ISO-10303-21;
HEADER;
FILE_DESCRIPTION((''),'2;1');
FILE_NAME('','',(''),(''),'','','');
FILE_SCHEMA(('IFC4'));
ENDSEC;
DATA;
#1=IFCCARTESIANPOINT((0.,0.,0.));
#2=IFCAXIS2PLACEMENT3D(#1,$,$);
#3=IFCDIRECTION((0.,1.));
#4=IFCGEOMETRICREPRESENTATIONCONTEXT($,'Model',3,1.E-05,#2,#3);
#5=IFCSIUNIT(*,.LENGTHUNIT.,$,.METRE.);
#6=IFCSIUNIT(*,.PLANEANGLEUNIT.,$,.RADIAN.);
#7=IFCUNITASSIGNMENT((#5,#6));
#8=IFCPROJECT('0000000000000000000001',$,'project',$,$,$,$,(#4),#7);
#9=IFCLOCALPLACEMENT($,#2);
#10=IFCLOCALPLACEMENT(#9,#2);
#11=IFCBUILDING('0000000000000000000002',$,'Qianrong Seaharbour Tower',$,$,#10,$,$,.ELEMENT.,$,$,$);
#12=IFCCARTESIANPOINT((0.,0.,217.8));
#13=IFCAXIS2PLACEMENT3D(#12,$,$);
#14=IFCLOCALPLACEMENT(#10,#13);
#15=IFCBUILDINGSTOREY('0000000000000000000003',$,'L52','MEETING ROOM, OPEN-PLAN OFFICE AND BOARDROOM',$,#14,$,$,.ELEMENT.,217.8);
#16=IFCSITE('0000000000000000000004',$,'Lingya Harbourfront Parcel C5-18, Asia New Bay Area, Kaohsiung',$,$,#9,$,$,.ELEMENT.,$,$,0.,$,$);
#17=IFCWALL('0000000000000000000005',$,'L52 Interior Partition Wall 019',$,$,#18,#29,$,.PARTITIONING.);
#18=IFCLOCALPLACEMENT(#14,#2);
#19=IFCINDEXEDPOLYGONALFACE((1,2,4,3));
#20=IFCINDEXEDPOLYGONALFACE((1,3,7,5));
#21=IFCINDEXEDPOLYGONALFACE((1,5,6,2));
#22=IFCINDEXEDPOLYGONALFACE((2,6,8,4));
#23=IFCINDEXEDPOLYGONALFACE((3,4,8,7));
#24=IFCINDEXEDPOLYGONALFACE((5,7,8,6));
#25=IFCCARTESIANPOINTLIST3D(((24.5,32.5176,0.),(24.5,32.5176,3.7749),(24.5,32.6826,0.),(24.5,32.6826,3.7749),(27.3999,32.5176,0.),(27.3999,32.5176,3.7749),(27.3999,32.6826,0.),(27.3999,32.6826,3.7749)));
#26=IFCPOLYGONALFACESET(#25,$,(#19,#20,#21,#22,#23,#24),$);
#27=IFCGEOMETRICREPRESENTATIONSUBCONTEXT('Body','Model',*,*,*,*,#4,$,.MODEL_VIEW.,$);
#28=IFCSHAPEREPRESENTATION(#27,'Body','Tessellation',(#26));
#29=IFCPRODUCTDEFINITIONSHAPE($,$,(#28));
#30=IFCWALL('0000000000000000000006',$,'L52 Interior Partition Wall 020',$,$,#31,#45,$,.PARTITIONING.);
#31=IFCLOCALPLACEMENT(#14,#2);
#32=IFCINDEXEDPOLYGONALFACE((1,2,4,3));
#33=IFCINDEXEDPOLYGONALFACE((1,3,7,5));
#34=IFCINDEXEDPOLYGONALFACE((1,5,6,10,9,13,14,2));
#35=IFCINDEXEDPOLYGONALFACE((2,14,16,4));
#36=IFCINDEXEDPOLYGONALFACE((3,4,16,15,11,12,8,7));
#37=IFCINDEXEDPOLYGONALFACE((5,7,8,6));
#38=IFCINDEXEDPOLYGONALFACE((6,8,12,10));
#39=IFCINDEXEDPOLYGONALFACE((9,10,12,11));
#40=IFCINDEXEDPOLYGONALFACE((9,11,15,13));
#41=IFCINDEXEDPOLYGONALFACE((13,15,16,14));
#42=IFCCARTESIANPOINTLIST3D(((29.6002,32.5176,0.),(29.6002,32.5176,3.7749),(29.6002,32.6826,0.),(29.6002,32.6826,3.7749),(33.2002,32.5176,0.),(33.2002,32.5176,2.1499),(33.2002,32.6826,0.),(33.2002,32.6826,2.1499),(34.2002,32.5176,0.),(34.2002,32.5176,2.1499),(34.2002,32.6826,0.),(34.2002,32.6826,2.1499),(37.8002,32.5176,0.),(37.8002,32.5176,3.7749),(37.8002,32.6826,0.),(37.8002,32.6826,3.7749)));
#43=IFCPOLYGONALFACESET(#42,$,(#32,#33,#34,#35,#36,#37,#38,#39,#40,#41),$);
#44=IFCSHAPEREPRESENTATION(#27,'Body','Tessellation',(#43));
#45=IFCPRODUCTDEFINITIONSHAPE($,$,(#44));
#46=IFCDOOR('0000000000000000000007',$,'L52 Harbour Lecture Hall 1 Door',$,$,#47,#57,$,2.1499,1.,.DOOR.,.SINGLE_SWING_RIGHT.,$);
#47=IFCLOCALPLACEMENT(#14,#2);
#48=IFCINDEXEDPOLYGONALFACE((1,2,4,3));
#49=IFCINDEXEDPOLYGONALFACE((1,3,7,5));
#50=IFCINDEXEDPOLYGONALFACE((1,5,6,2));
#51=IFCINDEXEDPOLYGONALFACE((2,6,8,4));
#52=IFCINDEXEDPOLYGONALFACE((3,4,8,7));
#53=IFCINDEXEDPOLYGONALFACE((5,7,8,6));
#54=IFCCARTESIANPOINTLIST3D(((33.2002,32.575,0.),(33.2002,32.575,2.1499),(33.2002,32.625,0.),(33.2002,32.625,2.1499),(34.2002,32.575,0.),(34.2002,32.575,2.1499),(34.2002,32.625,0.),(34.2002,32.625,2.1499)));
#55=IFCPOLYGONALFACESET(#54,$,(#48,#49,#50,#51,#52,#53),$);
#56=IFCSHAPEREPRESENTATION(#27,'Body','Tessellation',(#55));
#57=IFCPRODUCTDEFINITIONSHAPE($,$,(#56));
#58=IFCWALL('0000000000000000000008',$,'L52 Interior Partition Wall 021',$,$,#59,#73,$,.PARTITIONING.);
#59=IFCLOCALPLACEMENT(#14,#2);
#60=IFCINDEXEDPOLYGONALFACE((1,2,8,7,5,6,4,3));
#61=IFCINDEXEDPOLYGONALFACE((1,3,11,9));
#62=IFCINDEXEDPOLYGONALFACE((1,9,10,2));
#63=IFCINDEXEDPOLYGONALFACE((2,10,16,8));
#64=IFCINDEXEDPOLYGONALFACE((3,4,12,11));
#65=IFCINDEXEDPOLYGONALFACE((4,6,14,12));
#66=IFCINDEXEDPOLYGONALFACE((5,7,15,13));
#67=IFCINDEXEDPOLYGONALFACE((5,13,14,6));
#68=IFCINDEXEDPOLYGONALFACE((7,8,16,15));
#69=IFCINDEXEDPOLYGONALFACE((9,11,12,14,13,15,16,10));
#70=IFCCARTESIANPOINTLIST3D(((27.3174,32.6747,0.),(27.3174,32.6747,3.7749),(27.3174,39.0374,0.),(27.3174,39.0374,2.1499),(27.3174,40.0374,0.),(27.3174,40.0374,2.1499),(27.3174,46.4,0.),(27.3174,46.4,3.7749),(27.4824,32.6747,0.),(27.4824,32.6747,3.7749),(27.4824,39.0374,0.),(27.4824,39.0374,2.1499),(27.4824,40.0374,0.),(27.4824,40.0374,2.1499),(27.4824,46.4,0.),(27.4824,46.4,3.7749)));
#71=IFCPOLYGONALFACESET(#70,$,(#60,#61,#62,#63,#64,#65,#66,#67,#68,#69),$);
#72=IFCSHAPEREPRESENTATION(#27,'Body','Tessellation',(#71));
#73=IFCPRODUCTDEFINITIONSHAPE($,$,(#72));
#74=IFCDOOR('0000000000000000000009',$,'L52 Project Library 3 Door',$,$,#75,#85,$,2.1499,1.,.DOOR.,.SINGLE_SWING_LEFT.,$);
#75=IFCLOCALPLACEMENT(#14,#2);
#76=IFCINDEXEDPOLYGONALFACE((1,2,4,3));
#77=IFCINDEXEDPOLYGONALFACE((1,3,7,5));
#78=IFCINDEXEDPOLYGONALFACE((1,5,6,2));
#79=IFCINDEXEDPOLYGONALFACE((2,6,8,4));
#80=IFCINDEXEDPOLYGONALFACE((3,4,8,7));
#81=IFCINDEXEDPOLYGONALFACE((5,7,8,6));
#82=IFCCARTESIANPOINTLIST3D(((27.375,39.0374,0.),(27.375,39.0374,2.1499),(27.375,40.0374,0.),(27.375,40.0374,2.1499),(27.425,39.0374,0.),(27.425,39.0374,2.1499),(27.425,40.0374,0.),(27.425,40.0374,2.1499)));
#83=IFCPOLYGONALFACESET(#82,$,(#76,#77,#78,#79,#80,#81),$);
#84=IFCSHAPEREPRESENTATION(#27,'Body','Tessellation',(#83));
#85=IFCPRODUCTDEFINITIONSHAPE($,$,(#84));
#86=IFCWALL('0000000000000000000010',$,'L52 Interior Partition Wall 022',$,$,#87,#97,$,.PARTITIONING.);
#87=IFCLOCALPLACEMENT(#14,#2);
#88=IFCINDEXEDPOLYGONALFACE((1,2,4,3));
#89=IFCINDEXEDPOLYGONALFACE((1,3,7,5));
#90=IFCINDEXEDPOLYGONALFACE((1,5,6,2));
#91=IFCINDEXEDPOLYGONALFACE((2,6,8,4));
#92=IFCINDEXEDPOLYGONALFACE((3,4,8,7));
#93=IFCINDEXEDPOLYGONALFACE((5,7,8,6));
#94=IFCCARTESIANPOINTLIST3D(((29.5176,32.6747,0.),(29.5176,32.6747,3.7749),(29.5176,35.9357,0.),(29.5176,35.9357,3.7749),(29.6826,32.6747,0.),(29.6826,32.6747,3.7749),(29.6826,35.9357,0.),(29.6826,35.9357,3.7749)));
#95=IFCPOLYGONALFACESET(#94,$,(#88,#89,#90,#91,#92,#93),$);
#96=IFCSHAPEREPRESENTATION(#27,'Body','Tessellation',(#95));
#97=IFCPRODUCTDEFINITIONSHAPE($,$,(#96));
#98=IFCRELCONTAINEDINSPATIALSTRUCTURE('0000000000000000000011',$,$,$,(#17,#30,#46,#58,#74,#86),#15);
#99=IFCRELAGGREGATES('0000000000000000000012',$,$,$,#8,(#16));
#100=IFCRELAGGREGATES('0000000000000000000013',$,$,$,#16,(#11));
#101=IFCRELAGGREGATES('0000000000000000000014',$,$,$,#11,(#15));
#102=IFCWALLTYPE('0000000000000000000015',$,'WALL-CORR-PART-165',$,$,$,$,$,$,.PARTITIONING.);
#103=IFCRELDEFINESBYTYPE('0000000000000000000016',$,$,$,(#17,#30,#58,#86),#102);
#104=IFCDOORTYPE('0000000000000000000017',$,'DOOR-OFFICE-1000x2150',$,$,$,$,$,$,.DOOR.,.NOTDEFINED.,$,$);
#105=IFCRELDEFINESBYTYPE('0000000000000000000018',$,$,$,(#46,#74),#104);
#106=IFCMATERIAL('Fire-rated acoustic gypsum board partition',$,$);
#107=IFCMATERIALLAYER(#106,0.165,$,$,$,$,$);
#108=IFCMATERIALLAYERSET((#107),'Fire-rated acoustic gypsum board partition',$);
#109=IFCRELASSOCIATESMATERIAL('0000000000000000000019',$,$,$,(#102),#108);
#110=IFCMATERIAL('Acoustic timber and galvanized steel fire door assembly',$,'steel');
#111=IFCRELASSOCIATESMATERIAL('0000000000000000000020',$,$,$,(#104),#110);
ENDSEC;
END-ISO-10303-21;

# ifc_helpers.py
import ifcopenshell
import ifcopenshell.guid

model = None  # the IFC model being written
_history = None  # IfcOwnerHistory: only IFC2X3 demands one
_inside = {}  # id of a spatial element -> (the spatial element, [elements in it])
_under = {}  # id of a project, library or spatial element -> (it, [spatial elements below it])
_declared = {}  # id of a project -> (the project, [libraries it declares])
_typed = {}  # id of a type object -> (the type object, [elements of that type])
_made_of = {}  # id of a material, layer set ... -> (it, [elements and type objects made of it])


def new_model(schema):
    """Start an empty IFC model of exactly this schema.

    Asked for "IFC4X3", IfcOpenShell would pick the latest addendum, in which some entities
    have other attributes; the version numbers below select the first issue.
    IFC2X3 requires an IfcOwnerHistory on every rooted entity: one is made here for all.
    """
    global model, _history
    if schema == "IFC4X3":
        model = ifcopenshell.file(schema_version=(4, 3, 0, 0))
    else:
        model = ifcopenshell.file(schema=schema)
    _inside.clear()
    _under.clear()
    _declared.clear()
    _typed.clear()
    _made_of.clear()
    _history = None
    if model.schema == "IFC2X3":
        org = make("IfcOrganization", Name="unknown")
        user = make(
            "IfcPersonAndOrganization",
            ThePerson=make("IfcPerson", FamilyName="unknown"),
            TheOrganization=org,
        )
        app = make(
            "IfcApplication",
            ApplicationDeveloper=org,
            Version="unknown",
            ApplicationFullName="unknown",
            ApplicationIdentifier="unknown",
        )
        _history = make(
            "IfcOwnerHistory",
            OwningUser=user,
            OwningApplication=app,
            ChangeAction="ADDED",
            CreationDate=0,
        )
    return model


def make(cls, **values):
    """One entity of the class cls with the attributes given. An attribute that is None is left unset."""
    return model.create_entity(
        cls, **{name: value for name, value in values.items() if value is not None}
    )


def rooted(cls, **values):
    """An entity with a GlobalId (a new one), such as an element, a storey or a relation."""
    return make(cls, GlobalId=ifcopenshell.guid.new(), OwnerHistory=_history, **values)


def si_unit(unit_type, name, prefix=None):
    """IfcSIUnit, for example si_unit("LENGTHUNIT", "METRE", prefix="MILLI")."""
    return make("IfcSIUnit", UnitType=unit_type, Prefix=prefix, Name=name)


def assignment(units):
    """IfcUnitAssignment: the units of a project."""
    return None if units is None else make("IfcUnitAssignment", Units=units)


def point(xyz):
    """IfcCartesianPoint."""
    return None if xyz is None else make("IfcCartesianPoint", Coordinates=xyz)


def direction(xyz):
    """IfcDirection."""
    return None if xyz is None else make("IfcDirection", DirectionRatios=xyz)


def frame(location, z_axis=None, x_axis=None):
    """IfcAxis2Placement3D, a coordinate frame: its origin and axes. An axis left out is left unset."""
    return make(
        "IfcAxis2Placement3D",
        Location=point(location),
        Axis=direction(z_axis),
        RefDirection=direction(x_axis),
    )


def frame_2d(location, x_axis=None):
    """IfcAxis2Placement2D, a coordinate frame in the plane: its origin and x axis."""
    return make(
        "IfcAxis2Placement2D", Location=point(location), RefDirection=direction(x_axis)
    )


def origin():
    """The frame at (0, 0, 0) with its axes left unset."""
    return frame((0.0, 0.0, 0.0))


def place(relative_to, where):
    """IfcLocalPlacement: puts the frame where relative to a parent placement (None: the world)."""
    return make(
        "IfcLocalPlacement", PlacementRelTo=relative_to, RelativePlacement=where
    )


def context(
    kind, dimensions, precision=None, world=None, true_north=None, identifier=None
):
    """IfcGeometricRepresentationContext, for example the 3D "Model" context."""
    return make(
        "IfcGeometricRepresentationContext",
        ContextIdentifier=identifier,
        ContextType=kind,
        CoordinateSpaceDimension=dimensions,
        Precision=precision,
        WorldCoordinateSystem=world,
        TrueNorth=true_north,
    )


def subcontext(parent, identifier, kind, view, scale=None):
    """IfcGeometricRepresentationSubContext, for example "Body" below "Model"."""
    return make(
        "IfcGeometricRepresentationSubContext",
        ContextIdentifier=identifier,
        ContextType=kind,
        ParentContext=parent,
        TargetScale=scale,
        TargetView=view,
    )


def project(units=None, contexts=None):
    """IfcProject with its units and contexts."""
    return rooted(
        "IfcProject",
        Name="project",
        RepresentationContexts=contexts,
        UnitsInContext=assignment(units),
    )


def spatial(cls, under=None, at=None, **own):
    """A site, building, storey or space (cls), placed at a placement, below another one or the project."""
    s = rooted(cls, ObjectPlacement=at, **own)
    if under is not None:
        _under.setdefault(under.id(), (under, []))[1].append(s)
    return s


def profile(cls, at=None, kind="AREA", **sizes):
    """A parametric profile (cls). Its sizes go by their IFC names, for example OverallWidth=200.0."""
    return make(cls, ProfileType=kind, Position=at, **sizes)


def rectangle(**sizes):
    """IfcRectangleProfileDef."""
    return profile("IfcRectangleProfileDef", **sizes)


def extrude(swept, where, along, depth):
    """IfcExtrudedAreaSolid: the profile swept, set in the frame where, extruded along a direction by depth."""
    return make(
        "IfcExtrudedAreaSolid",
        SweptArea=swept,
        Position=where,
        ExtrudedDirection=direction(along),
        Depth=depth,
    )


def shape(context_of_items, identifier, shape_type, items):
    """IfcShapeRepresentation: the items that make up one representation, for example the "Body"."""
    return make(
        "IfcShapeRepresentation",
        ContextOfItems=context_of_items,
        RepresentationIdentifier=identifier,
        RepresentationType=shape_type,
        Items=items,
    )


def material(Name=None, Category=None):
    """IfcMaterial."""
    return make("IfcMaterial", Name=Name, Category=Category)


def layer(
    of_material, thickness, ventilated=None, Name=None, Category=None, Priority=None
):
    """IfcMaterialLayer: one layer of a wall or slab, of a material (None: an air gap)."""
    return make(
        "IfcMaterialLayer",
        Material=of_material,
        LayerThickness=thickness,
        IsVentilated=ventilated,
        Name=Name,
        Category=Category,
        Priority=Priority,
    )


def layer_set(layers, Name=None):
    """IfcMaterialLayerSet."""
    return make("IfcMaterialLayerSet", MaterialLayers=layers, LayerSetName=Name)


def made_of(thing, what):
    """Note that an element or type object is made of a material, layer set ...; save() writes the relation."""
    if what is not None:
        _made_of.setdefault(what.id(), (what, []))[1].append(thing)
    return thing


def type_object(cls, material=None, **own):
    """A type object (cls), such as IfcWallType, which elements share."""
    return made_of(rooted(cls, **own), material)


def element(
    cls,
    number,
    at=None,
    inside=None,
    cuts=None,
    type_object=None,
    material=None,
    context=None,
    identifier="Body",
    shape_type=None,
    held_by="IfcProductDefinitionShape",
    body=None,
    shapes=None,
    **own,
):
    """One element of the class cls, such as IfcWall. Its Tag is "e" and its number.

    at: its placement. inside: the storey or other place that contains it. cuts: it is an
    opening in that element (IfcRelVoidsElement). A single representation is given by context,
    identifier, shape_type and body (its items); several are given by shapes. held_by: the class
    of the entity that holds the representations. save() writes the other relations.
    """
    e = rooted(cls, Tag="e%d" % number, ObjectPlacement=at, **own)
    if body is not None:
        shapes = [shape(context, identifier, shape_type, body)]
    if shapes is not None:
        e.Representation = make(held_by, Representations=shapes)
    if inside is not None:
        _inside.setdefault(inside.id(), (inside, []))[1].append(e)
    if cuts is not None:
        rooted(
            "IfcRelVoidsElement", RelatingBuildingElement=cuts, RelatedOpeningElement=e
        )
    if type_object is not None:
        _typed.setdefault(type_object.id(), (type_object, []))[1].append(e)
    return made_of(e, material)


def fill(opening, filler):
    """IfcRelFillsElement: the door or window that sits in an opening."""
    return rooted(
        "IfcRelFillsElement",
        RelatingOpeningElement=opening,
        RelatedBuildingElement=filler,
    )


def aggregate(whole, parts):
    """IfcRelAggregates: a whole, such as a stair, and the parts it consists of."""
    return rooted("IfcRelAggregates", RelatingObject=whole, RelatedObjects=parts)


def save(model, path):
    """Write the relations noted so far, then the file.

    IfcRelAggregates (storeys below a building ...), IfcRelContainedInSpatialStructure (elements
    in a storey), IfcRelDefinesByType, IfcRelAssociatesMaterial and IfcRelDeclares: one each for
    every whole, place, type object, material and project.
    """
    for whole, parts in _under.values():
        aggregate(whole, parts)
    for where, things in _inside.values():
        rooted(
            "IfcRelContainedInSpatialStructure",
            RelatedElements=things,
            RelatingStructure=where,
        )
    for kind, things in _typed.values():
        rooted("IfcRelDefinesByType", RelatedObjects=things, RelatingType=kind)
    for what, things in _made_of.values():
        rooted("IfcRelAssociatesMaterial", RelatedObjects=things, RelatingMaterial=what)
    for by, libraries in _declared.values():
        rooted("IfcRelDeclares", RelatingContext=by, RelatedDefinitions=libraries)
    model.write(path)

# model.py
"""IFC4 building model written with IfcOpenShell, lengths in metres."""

from ifc_helpers import new_model, si_unit, direction, frame, frame_2d, origin, place, context, subcontext, project, spatial, rectangle, extrude, material, layer, layer_set, type_object, element, fill, save


model = new_model("IFC4")

# Units and contexts
model_context = context("Model", 3, precision=1e-05, world=origin(), true_north=direction((0.0, 1.0)))
body_context = subcontext(model_context, "Body", "Model", "MODEL_VIEW")
ifc_project = project(units=[si_unit("LENGTHUNIT", "METRE"), si_unit("PLANEANGLEUNIT", "RADIAN")], contexts=[model_context])

# Site, building, storey
site_placement = place(None, origin())
site = spatial("IfcSite", under=ifc_project, at=site_placement, Name="Lingya Harbourfront Parcel C5-18, Asia New Bay Area, Kaohsiung", CompositionType="ELEMENT", RefElevation=0.0)
building_placement = place(site_placement, origin())
building = spatial("IfcBuilding", under=site, at=building_placement, Name="Qianrong Seaharbour Tower", CompositionType="ELEMENT")
storey_placement = place(building_placement, frame((0.0, 0.0, 217.8)))
storey = spatial("IfcBuildingStorey", under=building, at=storey_placement, Name="L52", Description="MEETING ROOM, OPEN-PLAN OFFICE AND BOARDROOM", CompositionType="ELEMENT", Elevation=217.8)

# Wall
ifc_material_1 = material(Name="Fire-rated acoustic gypsum board partition")
ifc_layer = layer(ifc_material_1, 0.165)
ifc_layer_set = layer_set([ifc_layer], Name="Fire-rated acoustic gypsum board partition")
wall_type = type_object("IfcWallType", Name="WALL-CORR-PART-165", PredefinedType="PARTITIONING", material=ifc_layer_set)
wall_1_placement = place(storey_placement, frame((24.5, 32.6001, 0.0), z_axis=(0.0, 0.0, 1.0), x_axis=(1.0, 0.0, 0.0)))
element("IfcWall", 1, at=wall_1_placement, inside=storey, type_object=wall_type, Name="L52 Interior Partition Wall 019", PredefinedType="PARTITIONING", context=body_context, shape_type="SweptSolid", body=[
    extrude(rectangle(XDim=2.8999, YDim=0.165, at=frame_2d((1.45, 0.0))), origin(), (0.0, 0.0, 1.0), 3.7749),
])

# Walls, openings, doors
wall_2_placement = place(storey_placement, frame((29.6001, 32.6001, 0.0), z_axis=(0.0, 0.0, 1.0), x_axis=(1.0, 0.0, 0.0)))
wall_2 = element("IfcWall", 2, at=wall_2_placement, inside=storey, type_object=wall_type, Name="L52 Interior Partition Wall 020", PredefinedType="PARTITIONING", context=body_context, shape_type="SweptSolid", body=[
    extrude(rectangle(XDim=8.2, YDim=0.165, at=frame_2d((4.1001, 0.0))), origin(), (0.0, 0.0, 1.0), 3.7749),
])
opening_1_placement = place(wall_2_placement, frame((3.6001, 0.0, 0.0)))
opening_1 = element("IfcOpeningElement", 3, at=opening_1_placement, cuts=wall_2, PredefinedType="OPENING", context=body_context, shape_type="SweptSolid", body=[
    extrude(rectangle(XDim=1.0, YDim=2.1499, at=frame_2d((0.5, 1.075))), frame((0.0, 0.0925, 0.0), z_axis=(0.0, -1.0, 0.0), x_axis=(1.0, 0.0, 0.0)), (0.0, 0.0, 1.0), 0.1851),
])
ifc_material_2 = material(Name="Acoustic timber and galvanized steel fire door assembly", Category="steel")
door_type = type_object("IfcDoorType", Name="DOOR-OFFICE-1000x2150", OperationType="NOTDEFINED", PredefinedType="DOOR", material=ifc_material_2)
door_1_placement = place(opening_1_placement, origin())
door_1 = element("IfcDoor", 4, at=door_1_placement, inside=storey, type_object=door_type, Name="L52 Harbour Lecture Hall 1 Door", OperationType="SINGLE_SWING_RIGHT", OverallHeight=2.1499, OverallWidth=1.0, PredefinedType="DOOR", context=body_context, shape_type="SweptSolid", body=[
    extrude(rectangle(XDim=1.0, YDim=2.1499, at=frame_2d((0.5, 1.075))), frame((0.0, 0.0249, 0.0), z_axis=(0.0, -1.0, 0.0), x_axis=(1.0, 0.0, 0.0)), (0.0, 0.0, 1.0), 0.05),
])
fill(opening_1, door_1)
wall_3_placement = place(storey_placement, frame((27.3999, 32.6746, 0.0), z_axis=(0.0, 0.0, 1.0), x_axis=(0.0, 1.0, 0.0)))
wall_3 = element("IfcWall", 5, at=wall_3_placement, inside=storey, type_object=wall_type, Name="L52 Interior Partition Wall 021", PredefinedType="PARTITIONING", context=body_context, shape_type="SweptSolid", body=[
    extrude(rectangle(XDim=13.7253, YDim=0.165, at=frame_2d((6.8628, 0.0))), origin(), (0.0, 0.0, 1.0), 3.7749),
])
opening_2_placement = place(wall_3_placement, frame((6.3628, 0.0, 0.0)))
opening_2 = element("IfcOpeningElement", 6, at=opening_2_placement, cuts=wall_3, PredefinedType="OPENING", context=body_context, shape_type="SweptSolid", body=[
    extrude(rectangle(XDim=1.0, YDim=2.1499, at=frame_2d((0.5, 1.075))), frame((0.0, 0.0925, 0.0), z_axis=(0.0, -1.0, 0.0), x_axis=(1.0, 0.0, 0.0)), (0.0, 0.0, 1.0), 0.1851),
])
door_2_placement = place(opening_2_placement, origin())
door_2 = element("IfcDoor", 7, at=door_2_placement, inside=storey, type_object=door_type, Name="L52 Project Library 3 Door", OperationType="SINGLE_SWING_LEFT", OverallHeight=2.1499, OverallWidth=1.0, PredefinedType="DOOR", context=body_context, shape_type="SweptSolid", body=[
    extrude(rectangle(XDim=1.0, YDim=2.1499, at=frame_2d((0.5, 1.075))), frame((0.0, 0.0249, 0.0), z_axis=(0.0, -1.0, 0.0), x_axis=(1.0, 0.0, 0.0)), (0.0, 0.0, 1.0), 0.05),
])
fill(opening_2, door_2)

# Wall
wall_4_placement = place(storey_placement, frame((29.6001, 35.9355, 0.0), z_axis=(0.0, 0.0, 1.0), x_axis=(0.0, -1.0, 0.0)))
element("IfcWall", 8, at=wall_4_placement, inside=storey, type_object=wall_type, Name="L52 Interior Partition Wall 022", PredefinedType="PARTITIONING", context=body_context, shape_type="SweptSolid", body=[
    extrude(rectangle(XDim=3.261, YDim=0.165, at=frame_2d((1.6304, 0.0))), origin(), (0.0, 0.0, 1.0), 3.7749),
])

save(model, "model.ifc")
